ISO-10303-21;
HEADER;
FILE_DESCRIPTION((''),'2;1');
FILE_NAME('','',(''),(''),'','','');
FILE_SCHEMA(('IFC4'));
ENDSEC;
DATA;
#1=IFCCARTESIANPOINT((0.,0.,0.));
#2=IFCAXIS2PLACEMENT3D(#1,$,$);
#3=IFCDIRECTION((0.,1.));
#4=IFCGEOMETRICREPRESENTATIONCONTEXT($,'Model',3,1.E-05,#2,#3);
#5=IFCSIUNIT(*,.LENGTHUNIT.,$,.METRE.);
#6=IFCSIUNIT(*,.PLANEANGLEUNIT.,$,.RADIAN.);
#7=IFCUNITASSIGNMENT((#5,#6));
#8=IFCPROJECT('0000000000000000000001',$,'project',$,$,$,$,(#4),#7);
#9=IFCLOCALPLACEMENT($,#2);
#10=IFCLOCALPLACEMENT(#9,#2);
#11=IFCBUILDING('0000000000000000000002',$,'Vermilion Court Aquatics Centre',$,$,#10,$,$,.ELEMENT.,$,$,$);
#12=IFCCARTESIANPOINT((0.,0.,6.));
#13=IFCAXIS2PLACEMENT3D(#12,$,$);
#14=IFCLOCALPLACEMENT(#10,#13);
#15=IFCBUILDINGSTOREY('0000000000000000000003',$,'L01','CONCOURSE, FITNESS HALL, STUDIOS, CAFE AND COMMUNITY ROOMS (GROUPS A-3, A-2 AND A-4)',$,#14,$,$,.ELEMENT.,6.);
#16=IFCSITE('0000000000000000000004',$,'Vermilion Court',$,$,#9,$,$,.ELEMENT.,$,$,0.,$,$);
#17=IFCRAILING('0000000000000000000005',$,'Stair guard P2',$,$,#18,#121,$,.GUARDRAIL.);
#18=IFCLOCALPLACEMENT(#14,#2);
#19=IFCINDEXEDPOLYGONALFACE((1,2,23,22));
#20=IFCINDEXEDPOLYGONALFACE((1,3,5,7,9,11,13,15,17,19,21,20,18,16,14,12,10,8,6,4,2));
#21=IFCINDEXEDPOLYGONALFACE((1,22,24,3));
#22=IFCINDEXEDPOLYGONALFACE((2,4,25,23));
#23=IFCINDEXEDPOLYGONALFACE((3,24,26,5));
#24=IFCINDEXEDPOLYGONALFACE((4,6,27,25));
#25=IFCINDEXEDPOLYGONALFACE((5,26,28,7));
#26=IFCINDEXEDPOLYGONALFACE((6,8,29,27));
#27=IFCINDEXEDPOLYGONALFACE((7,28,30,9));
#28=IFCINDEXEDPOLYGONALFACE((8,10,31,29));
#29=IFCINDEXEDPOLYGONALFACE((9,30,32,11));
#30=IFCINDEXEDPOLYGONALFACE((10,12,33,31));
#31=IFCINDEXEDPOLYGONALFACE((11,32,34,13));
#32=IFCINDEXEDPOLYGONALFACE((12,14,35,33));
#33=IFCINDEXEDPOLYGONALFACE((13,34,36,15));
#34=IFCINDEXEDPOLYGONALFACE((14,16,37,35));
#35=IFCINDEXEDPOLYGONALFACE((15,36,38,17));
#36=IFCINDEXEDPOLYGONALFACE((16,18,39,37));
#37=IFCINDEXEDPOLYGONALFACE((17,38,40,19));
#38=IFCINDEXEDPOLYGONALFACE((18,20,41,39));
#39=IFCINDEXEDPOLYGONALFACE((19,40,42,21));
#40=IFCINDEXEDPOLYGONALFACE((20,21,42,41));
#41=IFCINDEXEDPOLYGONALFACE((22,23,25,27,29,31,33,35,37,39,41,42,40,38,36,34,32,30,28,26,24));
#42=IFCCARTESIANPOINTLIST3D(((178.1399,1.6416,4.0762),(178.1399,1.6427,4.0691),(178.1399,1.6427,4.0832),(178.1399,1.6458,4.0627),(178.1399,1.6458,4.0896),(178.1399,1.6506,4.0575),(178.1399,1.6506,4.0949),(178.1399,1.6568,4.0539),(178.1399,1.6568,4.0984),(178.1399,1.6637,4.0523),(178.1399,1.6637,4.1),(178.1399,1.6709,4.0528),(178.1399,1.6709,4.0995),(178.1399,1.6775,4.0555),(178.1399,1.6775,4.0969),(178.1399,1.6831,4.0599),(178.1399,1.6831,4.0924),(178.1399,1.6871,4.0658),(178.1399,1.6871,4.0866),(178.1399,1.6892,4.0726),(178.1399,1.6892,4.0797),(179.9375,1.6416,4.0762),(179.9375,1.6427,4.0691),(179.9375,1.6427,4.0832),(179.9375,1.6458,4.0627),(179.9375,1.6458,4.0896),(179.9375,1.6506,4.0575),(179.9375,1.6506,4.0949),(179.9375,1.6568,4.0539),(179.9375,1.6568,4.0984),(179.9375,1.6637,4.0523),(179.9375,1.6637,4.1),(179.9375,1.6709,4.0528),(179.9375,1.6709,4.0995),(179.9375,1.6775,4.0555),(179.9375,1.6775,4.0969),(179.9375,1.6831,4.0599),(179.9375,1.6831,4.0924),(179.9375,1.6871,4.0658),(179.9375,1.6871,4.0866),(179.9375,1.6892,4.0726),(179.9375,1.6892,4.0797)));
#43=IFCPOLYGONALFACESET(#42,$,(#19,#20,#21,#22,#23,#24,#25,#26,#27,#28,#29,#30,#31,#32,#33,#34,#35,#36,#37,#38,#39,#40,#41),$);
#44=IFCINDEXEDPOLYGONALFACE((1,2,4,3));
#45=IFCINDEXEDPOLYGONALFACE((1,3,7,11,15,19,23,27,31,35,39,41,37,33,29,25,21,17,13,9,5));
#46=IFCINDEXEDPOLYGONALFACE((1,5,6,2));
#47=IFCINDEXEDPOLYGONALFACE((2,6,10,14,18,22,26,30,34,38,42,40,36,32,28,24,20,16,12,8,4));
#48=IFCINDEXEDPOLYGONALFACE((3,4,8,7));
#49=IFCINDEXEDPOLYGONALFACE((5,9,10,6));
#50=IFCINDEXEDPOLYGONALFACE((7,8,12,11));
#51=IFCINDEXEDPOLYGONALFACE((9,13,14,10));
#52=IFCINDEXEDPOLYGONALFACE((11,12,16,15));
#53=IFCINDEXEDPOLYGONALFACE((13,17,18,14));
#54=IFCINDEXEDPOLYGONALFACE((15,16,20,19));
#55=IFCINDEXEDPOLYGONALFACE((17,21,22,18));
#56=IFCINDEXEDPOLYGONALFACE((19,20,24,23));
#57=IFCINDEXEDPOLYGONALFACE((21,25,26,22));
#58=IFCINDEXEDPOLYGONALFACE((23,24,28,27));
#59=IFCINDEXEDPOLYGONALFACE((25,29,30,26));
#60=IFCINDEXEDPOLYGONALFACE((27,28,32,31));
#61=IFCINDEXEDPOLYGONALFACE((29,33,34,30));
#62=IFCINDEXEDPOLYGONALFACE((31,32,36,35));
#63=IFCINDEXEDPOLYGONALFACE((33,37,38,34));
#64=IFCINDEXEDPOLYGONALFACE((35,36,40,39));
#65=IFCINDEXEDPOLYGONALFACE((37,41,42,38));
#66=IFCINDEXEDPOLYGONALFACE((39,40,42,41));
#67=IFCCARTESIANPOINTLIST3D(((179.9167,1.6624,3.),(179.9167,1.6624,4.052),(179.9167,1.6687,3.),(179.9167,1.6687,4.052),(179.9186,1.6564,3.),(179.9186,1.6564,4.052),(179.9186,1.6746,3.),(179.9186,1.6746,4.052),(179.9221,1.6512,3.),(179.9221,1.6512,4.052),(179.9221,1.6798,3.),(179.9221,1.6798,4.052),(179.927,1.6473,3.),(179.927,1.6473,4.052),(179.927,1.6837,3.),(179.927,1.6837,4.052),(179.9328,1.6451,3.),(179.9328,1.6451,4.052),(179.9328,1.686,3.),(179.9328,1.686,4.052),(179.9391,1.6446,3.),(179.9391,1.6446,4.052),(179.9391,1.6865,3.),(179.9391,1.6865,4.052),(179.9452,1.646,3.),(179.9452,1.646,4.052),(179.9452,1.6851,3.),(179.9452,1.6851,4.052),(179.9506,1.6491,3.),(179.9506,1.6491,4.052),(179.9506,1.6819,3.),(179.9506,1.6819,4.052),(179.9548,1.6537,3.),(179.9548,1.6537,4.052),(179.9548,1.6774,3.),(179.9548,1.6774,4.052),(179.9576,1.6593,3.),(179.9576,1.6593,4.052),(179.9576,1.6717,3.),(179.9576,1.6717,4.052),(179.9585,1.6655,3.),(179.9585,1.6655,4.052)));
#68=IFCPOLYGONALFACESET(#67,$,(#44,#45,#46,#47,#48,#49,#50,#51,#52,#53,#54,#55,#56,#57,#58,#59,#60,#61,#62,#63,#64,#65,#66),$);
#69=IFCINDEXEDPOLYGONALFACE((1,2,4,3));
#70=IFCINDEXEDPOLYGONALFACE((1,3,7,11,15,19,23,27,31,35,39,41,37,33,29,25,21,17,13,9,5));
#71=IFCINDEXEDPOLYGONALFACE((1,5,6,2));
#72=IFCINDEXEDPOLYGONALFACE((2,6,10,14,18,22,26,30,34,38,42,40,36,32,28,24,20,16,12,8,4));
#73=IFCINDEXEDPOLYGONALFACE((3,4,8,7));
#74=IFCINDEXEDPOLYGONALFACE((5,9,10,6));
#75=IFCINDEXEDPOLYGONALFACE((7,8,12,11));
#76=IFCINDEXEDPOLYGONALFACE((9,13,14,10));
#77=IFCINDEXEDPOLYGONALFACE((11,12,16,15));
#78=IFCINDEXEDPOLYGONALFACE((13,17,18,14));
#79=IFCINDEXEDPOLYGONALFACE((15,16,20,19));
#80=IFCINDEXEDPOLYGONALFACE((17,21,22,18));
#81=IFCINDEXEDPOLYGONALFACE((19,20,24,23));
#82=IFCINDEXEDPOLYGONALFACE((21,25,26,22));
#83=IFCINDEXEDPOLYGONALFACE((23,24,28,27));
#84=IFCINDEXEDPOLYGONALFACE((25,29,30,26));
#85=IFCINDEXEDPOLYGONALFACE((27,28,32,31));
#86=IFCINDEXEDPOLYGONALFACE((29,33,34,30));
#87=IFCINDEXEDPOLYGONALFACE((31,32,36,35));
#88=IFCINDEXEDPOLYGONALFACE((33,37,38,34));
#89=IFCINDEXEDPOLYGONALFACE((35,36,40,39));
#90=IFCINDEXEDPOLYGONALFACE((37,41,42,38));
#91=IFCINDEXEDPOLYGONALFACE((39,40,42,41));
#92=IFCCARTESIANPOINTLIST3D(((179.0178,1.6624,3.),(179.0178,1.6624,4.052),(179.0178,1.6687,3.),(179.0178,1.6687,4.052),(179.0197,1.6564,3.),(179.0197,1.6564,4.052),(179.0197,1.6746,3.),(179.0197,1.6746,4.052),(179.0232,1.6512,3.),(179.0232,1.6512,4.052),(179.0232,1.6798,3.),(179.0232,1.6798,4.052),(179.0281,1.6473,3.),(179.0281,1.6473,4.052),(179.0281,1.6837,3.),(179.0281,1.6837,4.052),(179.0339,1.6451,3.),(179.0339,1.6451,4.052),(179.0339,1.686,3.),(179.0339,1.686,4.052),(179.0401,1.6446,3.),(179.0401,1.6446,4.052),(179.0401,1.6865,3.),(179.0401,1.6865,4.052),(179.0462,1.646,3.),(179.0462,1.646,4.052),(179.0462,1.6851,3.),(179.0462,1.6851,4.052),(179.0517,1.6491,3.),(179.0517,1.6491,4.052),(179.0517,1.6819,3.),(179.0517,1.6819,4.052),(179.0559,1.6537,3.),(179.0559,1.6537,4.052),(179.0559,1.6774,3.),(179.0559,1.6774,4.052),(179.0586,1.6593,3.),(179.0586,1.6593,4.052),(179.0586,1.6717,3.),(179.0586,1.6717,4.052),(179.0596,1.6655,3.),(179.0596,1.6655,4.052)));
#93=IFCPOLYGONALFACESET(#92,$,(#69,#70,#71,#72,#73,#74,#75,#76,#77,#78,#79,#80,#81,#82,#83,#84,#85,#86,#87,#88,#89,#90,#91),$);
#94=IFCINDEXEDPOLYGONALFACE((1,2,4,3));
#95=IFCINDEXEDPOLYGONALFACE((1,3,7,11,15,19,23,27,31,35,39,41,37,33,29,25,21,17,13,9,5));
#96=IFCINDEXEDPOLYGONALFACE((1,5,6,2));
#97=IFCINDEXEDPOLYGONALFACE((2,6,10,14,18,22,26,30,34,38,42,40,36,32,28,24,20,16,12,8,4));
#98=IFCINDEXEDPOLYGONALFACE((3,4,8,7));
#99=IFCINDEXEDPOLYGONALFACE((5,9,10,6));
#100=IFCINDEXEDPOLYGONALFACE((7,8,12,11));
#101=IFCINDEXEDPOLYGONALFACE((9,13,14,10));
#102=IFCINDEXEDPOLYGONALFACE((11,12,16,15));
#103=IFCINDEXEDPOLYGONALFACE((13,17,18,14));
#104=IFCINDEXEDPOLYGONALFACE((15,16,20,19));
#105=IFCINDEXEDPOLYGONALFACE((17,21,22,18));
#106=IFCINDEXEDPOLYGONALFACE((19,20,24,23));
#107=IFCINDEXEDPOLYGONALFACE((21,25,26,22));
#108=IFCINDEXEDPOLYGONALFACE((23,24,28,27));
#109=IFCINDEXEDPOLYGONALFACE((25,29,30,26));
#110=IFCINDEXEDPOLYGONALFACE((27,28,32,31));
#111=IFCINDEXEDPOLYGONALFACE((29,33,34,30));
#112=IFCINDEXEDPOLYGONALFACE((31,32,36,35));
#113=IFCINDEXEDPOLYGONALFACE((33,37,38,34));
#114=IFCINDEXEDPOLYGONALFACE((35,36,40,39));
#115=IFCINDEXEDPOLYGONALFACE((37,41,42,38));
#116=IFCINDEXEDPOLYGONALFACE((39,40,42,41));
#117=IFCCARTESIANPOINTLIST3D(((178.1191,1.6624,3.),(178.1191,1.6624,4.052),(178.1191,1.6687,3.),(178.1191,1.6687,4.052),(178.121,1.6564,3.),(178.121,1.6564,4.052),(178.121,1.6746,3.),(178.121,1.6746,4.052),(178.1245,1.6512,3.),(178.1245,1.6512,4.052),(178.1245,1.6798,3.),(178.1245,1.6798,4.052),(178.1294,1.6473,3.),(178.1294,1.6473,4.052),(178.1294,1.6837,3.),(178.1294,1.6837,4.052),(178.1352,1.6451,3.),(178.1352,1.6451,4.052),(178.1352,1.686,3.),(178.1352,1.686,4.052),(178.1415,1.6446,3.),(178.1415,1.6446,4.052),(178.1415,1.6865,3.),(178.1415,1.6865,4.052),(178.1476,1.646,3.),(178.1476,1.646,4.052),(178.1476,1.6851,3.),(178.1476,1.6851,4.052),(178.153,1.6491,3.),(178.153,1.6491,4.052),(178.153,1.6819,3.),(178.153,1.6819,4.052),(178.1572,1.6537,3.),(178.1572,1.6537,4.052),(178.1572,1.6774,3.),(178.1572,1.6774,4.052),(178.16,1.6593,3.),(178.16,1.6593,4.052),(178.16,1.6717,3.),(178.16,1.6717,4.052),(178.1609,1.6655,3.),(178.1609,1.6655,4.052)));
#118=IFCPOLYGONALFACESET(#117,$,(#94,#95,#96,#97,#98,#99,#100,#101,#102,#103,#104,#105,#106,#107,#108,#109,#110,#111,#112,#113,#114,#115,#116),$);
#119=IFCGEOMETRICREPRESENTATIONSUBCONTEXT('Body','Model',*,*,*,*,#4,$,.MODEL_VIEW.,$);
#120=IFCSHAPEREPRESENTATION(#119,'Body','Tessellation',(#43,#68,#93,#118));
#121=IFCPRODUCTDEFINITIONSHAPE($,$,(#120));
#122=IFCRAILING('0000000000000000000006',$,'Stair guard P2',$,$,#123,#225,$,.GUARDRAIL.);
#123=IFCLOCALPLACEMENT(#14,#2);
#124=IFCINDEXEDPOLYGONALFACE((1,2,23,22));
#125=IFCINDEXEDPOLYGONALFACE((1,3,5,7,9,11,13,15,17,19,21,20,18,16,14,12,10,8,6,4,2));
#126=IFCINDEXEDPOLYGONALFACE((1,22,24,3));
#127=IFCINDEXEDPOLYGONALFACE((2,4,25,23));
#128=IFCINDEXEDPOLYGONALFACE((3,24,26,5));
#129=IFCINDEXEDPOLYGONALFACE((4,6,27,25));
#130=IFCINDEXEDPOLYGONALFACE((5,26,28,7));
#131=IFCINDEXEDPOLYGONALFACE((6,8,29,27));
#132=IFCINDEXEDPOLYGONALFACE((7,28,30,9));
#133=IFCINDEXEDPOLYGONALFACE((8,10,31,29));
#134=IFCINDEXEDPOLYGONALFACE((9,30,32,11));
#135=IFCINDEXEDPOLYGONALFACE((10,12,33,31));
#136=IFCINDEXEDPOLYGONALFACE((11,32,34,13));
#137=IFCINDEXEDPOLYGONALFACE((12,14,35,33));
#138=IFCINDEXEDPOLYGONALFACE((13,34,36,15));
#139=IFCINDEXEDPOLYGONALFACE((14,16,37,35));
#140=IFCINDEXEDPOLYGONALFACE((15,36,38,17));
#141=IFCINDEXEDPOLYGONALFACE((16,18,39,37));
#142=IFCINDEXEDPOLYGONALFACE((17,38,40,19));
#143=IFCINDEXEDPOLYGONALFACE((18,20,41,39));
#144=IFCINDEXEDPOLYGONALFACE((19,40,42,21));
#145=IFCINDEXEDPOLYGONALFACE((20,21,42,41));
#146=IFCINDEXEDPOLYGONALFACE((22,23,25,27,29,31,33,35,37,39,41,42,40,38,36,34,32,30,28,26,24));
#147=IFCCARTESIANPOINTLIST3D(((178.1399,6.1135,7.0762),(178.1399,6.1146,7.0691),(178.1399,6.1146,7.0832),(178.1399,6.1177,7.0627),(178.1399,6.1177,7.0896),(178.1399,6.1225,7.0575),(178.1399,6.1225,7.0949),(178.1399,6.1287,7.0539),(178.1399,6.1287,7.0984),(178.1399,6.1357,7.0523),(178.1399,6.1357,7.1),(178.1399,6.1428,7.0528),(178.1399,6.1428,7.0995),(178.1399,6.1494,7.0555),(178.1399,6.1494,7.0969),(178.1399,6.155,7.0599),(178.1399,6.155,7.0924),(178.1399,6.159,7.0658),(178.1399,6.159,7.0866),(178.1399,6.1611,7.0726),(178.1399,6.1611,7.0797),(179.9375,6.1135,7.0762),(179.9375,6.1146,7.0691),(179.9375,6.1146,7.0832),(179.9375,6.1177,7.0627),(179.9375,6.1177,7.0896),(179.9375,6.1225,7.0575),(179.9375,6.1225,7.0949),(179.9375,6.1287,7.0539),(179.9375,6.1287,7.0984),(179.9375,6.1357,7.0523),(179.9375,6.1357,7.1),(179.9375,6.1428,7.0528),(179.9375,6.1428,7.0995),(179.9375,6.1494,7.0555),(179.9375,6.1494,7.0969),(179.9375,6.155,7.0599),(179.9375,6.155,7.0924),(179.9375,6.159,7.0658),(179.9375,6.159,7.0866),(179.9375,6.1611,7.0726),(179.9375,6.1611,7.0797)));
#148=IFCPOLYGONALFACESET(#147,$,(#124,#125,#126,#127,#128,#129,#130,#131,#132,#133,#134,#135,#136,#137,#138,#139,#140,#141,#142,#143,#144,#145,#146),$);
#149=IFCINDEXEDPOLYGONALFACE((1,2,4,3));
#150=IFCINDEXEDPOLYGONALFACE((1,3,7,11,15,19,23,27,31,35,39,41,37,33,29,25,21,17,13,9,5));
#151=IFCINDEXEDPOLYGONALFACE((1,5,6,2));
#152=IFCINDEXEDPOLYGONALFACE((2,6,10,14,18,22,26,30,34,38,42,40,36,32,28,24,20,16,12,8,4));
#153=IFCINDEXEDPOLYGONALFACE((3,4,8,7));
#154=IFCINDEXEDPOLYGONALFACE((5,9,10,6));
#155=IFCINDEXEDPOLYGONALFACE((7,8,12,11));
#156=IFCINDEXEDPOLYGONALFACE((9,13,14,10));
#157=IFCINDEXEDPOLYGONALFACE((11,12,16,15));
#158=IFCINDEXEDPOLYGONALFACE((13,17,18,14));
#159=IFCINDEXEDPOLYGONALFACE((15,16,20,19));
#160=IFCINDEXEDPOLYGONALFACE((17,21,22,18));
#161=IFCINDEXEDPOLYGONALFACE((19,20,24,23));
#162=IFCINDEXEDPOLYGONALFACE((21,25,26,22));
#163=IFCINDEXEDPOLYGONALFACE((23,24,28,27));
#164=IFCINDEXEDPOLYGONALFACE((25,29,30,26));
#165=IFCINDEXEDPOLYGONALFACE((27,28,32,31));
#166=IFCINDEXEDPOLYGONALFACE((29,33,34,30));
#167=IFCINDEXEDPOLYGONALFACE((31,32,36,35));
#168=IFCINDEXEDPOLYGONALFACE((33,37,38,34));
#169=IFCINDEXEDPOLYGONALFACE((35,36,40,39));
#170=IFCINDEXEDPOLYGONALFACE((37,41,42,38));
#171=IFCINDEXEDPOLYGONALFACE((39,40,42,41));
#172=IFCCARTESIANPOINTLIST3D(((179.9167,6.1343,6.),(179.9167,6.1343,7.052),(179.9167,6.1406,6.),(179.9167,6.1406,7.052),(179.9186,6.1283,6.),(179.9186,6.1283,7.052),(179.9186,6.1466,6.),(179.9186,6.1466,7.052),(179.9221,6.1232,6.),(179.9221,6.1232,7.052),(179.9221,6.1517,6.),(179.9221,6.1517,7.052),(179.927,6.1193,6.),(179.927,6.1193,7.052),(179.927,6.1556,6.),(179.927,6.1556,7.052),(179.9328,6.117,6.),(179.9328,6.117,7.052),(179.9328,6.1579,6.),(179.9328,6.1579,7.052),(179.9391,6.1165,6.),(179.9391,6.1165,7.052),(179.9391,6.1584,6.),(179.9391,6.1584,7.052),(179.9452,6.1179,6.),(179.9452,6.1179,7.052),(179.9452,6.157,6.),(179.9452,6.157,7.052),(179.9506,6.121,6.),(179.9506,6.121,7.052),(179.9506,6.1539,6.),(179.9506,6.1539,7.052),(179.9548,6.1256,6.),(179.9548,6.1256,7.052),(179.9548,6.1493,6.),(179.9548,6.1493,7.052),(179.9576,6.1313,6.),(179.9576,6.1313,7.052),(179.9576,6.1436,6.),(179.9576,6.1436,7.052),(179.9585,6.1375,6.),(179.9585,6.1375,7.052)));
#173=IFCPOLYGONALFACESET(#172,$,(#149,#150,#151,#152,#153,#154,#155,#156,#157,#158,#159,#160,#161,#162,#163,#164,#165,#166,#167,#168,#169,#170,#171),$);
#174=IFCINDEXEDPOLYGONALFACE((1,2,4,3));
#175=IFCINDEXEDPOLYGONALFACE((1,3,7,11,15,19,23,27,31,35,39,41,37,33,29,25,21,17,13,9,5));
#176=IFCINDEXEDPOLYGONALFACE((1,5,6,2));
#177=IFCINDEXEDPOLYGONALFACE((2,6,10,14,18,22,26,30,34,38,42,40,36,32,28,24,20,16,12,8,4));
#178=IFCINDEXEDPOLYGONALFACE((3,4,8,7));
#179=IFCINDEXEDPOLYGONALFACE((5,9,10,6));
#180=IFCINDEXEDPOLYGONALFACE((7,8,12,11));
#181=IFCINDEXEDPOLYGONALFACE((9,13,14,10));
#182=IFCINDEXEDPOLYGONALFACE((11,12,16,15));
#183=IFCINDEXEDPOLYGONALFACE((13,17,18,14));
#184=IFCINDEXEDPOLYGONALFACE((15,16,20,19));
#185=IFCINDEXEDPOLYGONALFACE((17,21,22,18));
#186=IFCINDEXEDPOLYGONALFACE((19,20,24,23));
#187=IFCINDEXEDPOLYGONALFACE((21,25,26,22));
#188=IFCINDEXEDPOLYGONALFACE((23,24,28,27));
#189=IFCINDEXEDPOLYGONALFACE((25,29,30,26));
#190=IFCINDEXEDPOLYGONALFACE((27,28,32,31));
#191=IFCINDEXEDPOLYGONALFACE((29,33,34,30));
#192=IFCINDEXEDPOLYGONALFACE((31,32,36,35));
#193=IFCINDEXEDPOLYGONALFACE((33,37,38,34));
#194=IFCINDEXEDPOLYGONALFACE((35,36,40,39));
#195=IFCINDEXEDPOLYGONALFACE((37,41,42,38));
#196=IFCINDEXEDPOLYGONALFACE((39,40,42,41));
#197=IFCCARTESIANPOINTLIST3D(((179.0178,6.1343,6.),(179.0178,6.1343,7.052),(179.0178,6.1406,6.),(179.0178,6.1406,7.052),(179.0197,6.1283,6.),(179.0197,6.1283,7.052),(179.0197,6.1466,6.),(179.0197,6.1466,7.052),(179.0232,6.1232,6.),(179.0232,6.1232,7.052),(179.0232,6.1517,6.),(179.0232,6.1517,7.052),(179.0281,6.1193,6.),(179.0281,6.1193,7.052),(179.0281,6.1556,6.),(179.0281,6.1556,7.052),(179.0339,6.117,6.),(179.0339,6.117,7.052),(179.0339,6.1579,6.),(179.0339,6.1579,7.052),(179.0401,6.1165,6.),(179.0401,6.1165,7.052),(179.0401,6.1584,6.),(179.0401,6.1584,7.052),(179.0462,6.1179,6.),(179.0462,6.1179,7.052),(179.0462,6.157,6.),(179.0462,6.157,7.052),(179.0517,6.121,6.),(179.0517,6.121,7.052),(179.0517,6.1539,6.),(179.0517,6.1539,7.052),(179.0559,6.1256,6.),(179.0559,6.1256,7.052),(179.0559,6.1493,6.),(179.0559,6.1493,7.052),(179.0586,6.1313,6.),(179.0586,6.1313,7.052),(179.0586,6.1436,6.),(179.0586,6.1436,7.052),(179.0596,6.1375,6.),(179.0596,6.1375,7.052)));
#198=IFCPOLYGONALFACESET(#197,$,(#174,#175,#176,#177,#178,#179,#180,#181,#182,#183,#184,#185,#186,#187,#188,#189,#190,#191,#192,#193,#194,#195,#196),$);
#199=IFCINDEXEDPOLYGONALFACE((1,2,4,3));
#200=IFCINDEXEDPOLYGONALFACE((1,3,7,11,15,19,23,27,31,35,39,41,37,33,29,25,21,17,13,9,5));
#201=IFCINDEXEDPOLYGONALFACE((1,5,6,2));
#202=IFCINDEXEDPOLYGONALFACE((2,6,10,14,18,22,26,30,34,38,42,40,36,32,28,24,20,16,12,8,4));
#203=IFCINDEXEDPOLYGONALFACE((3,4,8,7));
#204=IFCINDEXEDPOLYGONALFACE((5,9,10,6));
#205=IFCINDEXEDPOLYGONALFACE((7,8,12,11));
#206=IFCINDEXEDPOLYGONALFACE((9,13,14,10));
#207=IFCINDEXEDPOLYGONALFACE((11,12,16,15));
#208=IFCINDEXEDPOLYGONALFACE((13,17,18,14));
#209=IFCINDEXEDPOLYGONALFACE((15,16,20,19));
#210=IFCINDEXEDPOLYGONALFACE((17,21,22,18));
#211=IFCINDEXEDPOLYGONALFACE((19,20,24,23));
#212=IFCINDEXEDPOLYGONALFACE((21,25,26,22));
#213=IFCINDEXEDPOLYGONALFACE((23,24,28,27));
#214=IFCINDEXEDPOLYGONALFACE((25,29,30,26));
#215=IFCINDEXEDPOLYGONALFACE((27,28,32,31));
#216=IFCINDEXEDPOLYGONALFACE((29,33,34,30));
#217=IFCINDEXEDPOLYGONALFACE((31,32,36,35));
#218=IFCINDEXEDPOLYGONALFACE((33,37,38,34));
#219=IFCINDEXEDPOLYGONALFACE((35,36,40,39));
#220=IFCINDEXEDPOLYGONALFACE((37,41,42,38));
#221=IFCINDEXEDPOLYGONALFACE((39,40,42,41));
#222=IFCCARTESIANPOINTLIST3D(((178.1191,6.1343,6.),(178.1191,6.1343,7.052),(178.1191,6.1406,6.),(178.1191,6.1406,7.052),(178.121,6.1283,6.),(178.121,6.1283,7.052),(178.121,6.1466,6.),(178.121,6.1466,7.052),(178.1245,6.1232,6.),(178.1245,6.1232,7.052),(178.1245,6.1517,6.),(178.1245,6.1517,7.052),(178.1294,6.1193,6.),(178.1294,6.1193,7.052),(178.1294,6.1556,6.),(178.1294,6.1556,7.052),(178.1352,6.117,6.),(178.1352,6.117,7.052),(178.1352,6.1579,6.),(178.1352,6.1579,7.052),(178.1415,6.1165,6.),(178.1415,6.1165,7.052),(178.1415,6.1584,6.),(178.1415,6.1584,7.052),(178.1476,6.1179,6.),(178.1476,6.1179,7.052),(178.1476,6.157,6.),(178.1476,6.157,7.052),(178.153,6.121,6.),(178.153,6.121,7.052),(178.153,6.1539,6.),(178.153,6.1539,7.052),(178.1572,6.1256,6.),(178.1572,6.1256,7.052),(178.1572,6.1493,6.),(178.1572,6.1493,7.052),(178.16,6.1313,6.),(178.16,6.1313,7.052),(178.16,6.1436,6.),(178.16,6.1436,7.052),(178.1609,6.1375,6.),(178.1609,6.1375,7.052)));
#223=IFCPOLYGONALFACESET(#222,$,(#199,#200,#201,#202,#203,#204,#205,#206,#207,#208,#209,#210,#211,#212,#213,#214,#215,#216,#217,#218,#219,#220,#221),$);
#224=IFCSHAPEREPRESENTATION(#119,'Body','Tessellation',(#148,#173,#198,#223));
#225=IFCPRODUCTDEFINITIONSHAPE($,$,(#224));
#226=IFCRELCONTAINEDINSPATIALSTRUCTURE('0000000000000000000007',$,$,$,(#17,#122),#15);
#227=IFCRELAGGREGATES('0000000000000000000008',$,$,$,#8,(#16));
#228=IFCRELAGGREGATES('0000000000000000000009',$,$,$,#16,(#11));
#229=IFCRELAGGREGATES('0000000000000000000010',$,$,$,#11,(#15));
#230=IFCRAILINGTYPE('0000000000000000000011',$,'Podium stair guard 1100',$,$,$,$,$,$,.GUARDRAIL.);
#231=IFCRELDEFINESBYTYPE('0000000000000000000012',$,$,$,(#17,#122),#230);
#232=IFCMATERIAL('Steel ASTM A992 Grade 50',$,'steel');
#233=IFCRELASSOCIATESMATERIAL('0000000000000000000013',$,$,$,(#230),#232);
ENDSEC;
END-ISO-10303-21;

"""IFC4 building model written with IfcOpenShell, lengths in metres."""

from ifc_helpers import new_model, si_unit, direction, frame, origin, origin_2d, place, context, subcontext, project, spatial, circle, extrude, material, type_object, element, save


model = new_model("IFC4")

# Units and contexts
model_context = context("Model", 3, precision=1e-05, world=origin(), true_north=direction((0.0, 1.0)))
body_context = subcontext(model_context, "Body", "Model", "MODEL_VIEW")
ifc_project = project(units=[si_unit("LENGTHUNIT", "METRE"), si_unit("PLANEANGLEUNIT", "RADIAN")], contexts=[model_context])

# Site, building, storey
site_placement = place(None, origin())
site = spatial("IfcSite", under=ifc_project, at=site_placement, Name="Vermilion Court", CompositionType="ELEMENT", RefElevation=0.0)
building_placement = place(site_placement, origin())
building = spatial("IfcBuilding", under=site, at=building_placement, Name="Vermilion Court Aquatics Centre", CompositionType="ELEMENT")
storey_placement = place(building_placement, frame((0.0, 0.0, 6.0)))
storey = spatial("IfcBuildingStorey", under=building, at=storey_placement, Name="L01", Description="CONCOURSE, FITNESS HALL, STUDIOS, CAFE AND COMMUNITY ROOMS (GROUPS A-3, A-2 AND A-4)", CompositionType="ELEMENT", Elevation=6.0)

# Railings
ifc_material_1 = material(Name="Steel ASTM A992 Grade 50", Category="steel")
railing_type_1 = type_object("IfcRailingType", Name="Podium stair guard 1100", PredefinedType="GUARDRAIL", material=ifc_material_1)
for number, where, name in (
    (1, (179.9375, 1.6655, 3.0), "Stair guard P2"),
    (2, (179.9375, 6.1375, 6.0), "Stair guard P2"),
):
    element("IfcRailing", number, at=place(storey_placement, frame(where)), inside=storey, type_object=railing_type_1, Name=name, PredefinedType="GUARDRAIL", context=body_context, shape_type="SweptSolid", body=[
        extrude(circle(Radius=0.0239, at=origin_2d()), frame((0.0, 0.0, 1.0762), z_axis=(-1.0, 0.0, 0.0), x_axis=(0.0, -1.0, 0.0)), (0.0, 0.0, 1.0), 1.7976),
        extrude(circle(Radius=0.021, at=origin_2d()), origin(), (0.0, 0.0, 1.0), 1.052),
        extrude(circle(Radius=0.021, at=origin_2d()), frame((-0.8989, 0.0, 0.0)), (0.0, 0.0, 1.0), 1.052),
        extrude(circle(Radius=0.021, at=origin_2d()), frame((-1.7976, 0.0, 0.0)), (0.0, 0.0, 1.0), 1.052),
    ])

save(model, "model.ifc")
